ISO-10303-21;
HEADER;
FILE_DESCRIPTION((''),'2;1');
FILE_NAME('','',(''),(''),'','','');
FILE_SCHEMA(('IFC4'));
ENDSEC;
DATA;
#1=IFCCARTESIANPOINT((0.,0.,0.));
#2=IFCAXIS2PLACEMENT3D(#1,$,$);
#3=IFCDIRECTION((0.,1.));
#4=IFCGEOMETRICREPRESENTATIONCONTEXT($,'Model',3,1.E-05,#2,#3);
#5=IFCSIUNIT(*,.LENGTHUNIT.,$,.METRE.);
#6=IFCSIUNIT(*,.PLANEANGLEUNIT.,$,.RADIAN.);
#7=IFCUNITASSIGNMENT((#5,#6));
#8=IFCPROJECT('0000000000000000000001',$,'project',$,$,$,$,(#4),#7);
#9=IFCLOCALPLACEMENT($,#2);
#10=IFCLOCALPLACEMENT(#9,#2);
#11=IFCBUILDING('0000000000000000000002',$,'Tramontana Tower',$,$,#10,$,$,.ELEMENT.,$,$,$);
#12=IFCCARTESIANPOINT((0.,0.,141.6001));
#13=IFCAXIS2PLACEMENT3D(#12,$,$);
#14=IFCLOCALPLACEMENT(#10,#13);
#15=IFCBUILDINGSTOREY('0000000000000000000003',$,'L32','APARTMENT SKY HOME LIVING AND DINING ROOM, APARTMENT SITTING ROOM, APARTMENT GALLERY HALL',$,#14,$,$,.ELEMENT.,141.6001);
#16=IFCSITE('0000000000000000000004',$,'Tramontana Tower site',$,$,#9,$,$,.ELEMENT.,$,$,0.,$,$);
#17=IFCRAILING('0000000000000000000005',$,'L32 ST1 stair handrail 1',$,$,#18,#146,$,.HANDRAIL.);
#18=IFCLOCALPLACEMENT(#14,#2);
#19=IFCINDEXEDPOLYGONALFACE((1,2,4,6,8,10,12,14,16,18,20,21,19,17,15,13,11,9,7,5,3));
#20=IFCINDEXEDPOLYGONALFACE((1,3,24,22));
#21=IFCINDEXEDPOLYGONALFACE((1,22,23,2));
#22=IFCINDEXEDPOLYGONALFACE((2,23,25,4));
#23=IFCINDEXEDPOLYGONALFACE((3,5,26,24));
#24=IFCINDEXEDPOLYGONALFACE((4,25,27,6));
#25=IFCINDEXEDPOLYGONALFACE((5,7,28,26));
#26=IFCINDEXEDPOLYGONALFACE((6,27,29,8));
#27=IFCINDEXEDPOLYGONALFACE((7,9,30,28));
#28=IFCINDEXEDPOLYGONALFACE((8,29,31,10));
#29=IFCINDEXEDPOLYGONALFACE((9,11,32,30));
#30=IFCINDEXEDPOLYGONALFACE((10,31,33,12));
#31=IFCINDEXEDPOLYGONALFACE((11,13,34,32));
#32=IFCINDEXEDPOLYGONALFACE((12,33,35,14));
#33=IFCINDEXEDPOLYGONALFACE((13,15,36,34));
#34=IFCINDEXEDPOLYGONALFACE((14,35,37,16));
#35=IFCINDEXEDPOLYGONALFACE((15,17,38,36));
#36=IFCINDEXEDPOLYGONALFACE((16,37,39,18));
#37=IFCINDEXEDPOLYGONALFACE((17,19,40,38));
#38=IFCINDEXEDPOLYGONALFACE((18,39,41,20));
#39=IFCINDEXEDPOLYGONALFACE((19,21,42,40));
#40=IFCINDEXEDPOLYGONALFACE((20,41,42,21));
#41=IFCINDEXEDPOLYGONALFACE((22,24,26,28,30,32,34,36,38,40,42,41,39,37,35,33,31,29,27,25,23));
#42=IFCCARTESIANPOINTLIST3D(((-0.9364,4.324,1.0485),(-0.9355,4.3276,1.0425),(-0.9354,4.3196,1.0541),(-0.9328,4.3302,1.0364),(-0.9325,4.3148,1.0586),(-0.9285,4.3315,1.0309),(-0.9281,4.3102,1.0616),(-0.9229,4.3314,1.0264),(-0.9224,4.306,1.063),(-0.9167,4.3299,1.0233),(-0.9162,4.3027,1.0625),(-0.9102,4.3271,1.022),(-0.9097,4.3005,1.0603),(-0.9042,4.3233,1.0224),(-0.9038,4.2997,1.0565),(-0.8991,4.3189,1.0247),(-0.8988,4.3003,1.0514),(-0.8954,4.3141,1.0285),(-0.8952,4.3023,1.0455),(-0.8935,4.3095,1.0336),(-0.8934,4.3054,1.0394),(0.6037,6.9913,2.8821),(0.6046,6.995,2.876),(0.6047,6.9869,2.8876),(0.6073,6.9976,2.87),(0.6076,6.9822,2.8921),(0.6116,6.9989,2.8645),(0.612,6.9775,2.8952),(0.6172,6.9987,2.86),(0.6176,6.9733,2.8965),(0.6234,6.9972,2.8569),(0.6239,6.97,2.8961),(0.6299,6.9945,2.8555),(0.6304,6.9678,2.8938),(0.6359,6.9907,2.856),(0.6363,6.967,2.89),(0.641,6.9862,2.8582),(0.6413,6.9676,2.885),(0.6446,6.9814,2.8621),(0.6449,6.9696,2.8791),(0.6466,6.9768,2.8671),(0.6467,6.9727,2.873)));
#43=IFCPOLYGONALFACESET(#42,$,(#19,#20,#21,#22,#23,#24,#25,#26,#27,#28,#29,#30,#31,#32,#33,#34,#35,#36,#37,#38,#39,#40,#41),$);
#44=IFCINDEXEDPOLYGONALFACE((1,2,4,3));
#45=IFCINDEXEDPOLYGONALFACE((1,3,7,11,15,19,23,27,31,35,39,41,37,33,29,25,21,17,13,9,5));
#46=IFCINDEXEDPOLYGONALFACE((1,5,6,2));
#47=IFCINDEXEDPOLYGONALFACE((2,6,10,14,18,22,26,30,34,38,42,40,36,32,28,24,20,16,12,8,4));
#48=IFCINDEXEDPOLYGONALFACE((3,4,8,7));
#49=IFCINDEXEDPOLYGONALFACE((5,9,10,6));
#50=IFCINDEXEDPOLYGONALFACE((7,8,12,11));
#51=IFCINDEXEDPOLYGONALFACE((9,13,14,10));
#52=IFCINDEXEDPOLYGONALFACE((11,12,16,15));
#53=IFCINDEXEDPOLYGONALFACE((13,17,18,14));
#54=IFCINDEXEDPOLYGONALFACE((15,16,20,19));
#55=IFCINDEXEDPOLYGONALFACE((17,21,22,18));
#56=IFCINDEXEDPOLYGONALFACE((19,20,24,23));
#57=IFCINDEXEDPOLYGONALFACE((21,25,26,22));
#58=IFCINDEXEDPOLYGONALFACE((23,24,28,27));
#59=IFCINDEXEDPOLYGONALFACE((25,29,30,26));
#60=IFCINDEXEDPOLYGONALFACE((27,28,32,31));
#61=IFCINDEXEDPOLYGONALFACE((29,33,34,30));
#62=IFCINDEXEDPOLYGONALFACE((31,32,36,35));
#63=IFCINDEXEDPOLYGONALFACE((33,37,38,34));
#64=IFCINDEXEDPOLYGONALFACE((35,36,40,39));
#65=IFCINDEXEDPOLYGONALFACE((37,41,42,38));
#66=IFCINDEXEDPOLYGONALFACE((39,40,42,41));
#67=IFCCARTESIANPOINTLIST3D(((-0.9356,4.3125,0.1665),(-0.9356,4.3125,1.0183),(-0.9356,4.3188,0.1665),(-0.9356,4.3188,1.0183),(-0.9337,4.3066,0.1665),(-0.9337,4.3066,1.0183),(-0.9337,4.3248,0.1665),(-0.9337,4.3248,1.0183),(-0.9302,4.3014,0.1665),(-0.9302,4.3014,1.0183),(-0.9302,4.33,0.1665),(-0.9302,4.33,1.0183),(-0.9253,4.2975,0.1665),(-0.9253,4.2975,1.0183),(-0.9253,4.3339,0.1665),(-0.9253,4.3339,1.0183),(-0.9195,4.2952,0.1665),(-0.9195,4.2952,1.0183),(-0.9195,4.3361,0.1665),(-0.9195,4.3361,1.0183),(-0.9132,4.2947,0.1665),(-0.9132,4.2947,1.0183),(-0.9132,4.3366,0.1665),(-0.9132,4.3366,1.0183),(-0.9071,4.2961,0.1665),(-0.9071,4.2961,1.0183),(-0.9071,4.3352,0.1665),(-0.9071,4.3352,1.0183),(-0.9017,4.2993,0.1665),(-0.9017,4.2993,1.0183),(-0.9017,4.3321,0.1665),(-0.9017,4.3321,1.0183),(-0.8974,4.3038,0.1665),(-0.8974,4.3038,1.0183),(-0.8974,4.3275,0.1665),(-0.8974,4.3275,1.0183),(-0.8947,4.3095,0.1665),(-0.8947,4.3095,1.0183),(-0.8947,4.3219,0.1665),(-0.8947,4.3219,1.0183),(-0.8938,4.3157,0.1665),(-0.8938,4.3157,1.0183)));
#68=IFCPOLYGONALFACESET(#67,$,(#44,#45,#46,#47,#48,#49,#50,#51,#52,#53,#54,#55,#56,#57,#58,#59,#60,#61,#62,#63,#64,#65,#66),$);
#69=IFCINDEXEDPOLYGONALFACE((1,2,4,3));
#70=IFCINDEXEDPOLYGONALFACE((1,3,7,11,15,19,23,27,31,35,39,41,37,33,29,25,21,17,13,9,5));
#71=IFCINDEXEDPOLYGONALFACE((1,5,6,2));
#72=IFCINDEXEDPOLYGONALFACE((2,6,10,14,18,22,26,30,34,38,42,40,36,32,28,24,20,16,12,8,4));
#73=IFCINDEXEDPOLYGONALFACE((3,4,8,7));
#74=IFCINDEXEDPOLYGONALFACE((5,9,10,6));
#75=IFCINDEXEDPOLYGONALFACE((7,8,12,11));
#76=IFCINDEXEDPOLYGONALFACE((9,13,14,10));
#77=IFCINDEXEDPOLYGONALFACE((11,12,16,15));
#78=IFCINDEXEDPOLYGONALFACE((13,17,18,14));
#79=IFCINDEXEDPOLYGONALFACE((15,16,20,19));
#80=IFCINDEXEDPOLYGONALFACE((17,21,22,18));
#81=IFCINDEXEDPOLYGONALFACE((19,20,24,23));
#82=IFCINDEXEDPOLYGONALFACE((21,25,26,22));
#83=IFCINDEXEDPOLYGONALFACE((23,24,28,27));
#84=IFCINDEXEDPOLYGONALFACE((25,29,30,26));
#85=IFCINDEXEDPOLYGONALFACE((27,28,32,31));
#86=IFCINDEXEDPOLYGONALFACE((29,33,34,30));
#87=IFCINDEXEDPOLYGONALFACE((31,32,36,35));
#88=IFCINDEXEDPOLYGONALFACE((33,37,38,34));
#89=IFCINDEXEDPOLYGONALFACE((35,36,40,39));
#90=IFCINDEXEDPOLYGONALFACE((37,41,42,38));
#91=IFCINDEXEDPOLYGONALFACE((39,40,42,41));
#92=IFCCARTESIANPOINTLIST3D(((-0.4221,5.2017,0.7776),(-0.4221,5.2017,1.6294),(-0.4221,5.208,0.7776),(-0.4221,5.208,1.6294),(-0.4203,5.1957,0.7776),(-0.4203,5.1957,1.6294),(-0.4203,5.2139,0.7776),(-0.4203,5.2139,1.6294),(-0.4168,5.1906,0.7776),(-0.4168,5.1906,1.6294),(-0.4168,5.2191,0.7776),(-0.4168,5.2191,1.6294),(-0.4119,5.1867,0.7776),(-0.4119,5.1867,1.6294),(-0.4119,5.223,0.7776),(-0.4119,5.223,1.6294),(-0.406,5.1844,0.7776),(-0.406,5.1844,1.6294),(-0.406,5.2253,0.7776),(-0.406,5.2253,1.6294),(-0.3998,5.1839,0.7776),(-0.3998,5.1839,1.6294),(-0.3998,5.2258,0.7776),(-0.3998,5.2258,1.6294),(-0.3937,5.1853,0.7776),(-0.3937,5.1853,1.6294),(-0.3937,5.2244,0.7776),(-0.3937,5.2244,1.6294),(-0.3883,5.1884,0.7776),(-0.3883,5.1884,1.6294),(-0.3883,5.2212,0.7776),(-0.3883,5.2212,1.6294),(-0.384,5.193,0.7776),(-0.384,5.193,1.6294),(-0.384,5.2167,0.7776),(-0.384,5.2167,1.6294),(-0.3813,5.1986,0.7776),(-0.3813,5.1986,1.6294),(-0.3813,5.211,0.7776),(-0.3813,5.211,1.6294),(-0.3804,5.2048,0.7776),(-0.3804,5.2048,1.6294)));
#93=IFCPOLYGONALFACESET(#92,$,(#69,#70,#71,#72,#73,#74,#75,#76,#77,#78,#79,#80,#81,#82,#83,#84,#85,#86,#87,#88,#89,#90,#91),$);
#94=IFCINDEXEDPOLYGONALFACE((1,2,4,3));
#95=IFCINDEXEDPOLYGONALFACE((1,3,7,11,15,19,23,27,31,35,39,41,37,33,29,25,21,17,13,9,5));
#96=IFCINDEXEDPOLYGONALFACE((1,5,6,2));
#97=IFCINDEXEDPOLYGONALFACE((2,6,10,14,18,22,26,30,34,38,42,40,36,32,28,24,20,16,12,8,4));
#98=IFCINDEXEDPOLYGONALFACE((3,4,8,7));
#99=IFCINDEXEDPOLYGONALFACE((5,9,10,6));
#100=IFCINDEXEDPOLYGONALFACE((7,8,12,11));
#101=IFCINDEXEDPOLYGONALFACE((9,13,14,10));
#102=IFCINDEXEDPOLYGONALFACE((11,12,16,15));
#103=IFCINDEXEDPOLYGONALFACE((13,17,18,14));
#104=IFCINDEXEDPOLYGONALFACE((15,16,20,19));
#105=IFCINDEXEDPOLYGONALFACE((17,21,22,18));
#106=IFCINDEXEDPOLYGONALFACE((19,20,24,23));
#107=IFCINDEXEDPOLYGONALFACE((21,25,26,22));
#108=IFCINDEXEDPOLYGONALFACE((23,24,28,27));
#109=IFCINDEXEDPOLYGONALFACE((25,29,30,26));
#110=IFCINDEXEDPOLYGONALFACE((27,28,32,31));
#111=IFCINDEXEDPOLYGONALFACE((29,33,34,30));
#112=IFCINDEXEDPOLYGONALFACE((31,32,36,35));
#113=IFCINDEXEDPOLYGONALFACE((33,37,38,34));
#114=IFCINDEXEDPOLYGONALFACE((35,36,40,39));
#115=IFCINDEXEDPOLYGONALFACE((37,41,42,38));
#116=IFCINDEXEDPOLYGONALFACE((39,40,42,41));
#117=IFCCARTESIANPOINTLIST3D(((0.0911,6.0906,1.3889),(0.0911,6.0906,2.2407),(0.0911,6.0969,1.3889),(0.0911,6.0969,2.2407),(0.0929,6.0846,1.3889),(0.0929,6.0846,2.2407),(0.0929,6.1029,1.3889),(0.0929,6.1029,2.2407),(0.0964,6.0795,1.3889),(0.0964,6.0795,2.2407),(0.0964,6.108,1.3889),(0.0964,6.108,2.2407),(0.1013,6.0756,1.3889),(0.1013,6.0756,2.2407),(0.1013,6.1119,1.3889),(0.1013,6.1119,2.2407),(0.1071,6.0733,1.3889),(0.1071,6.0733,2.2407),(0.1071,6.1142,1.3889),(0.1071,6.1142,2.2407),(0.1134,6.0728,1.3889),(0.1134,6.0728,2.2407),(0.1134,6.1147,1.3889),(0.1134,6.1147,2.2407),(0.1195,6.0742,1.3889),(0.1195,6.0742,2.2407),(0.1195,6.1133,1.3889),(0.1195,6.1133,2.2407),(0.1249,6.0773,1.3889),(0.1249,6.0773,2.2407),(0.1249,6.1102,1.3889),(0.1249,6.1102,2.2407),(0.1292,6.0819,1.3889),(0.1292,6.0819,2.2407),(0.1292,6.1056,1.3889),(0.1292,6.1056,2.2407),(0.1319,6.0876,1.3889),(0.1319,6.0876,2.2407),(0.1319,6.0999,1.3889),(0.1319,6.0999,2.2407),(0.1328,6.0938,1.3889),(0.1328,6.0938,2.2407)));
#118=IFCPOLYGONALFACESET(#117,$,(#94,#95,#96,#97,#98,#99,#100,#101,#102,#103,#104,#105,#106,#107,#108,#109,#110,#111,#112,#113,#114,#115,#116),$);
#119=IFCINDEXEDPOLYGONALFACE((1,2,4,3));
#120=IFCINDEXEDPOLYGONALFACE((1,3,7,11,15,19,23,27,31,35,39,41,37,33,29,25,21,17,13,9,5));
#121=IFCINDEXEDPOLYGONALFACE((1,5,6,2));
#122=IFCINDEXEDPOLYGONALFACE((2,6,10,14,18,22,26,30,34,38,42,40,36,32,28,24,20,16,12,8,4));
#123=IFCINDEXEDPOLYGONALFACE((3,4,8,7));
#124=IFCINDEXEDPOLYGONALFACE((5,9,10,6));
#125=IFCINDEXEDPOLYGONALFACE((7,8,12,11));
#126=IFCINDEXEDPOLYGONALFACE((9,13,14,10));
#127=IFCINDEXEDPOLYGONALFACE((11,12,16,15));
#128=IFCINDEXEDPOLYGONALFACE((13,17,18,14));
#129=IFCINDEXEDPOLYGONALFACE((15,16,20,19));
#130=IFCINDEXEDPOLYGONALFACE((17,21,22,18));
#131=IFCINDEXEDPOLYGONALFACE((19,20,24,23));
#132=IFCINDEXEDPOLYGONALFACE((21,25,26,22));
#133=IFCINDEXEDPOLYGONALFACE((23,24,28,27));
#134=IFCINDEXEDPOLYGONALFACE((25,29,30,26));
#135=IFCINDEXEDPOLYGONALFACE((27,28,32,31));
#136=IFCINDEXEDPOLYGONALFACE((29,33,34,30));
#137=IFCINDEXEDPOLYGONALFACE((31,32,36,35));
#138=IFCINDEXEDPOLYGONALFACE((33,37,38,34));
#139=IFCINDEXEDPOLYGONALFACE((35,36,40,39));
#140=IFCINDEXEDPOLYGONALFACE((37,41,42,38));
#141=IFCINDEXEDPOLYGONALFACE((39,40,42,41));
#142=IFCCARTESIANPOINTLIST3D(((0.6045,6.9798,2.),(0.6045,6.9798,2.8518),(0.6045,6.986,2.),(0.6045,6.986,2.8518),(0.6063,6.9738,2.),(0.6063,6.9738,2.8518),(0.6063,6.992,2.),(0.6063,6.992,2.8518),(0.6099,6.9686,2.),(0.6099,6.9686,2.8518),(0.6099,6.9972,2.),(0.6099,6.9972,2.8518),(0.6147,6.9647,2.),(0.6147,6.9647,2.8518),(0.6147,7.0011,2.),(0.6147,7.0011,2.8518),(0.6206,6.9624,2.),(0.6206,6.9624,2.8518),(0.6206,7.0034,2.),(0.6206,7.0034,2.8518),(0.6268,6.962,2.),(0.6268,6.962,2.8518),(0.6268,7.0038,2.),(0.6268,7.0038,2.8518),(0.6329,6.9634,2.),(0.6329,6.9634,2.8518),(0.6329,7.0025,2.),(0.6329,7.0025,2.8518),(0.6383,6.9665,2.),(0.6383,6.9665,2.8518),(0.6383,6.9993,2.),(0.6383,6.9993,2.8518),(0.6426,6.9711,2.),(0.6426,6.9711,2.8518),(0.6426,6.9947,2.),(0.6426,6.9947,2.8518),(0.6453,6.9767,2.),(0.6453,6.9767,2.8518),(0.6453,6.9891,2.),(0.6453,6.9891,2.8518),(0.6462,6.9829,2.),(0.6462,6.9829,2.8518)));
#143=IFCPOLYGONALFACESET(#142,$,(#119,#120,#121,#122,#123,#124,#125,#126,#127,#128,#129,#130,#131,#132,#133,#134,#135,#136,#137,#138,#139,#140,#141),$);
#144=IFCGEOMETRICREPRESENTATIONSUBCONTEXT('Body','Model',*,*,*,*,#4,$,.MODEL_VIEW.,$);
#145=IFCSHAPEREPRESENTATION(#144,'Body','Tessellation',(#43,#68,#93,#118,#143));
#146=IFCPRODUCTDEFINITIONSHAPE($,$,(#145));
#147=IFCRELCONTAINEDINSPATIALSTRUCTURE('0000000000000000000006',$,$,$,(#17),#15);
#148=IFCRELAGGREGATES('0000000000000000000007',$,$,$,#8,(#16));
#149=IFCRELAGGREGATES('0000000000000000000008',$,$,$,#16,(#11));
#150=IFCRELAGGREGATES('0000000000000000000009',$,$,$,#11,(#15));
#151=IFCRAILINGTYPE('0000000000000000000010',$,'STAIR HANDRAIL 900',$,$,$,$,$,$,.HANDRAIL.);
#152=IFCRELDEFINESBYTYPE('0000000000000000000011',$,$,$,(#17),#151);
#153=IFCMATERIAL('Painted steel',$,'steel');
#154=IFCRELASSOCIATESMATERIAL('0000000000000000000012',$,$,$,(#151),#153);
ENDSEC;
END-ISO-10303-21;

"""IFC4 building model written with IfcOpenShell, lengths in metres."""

from ifc_helpers import new_model, si_unit, direction, frame, origin, origin_2d, place, context, subcontext, project, spatial, circle, extrude, material, type_object, element, save


model = new_model("IFC4")

# Units and contexts
model_context = context("Model", 3, precision=1e-05, world=origin(), true_north=direction((0.0, 1.0)))
body_context = subcontext(model_context, "Body", "Model", "MODEL_VIEW")
ifc_project = project(units=[si_unit("LENGTHUNIT", "METRE"), si_unit("PLANEANGLEUNIT", "RADIAN")], contexts=[model_context])

# Site, building, storey
site_placement = place(None, origin())
site = spatial("IfcSite", under=ifc_project, at=site_placement, Name="Tramontana Tower site", CompositionType="ELEMENT", RefElevation=0.0)
building_placement = place(site_placement, origin())
building = spatial("IfcBuilding", under=site, at=building_placement, Name="Tramontana Tower", CompositionType="ELEMENT")
storey_placement = place(building_placement, frame((0.0, 0.0, 141.6001)))
storey = spatial("IfcBuildingStorey", under=building, at=storey_placement, Name="L32", Description="APARTMENT SKY HOME LIVING AND DINING ROOM, APARTMENT SITTING ROOM, APARTMENT GALLERY HALL", CompositionType="ELEMENT", Elevation=141.6001)

# Railing
ifc_material_1 = material(Name="Painted steel", Category="steel")
railing_type_1 = type_object("IfcRailingType", Name="STAIR HANDRAIL 900", PredefinedType="HANDRAIL", material=ifc_material_1)
railing_1_placement = place(storey_placement, frame((-0.9148, 4.3157, 0.1665)))
element("IfcRailing", 1, at=railing_1_placement, inside=storey, type_object=railing_type_1, Name="L32 ST1 stair handrail 1", PredefinedType="HANDRAIL", context=body_context, shape_type="SweptSolid", body=[
    extrude(circle(Radius=0.0239, at=origin_2d()), frame((0.0, 0.0, 0.876), z_axis=(0.429656, 0.744134, 0.511528), x_axis=(-0.86601, 0.500027, 0.0)), (0.0, 0.0, 1.0), 3.5845),
    extrude(circle(Radius=0.021, at=origin_2d()), origin(), (0.0, 0.0, 1.0), 0.8518),
    extrude(circle(Radius=0.021, at=origin_2d()), frame((0.5134, 0.8892, 0.6111)), (0.0, 0.0, 1.0), 0.8518),
    extrude(circle(Radius=0.021, at=origin_2d()), frame((1.0266, 1.7781, 1.2224)), (0.0, 0.0, 1.0), 0.8518),
    extrude(circle(Radius=0.021, at=origin_2d()), frame((1.54, 2.6672, 1.8335)), (0.0, 0.0, 1.0), 0.8518),
])

save(model, "model.ifc")
